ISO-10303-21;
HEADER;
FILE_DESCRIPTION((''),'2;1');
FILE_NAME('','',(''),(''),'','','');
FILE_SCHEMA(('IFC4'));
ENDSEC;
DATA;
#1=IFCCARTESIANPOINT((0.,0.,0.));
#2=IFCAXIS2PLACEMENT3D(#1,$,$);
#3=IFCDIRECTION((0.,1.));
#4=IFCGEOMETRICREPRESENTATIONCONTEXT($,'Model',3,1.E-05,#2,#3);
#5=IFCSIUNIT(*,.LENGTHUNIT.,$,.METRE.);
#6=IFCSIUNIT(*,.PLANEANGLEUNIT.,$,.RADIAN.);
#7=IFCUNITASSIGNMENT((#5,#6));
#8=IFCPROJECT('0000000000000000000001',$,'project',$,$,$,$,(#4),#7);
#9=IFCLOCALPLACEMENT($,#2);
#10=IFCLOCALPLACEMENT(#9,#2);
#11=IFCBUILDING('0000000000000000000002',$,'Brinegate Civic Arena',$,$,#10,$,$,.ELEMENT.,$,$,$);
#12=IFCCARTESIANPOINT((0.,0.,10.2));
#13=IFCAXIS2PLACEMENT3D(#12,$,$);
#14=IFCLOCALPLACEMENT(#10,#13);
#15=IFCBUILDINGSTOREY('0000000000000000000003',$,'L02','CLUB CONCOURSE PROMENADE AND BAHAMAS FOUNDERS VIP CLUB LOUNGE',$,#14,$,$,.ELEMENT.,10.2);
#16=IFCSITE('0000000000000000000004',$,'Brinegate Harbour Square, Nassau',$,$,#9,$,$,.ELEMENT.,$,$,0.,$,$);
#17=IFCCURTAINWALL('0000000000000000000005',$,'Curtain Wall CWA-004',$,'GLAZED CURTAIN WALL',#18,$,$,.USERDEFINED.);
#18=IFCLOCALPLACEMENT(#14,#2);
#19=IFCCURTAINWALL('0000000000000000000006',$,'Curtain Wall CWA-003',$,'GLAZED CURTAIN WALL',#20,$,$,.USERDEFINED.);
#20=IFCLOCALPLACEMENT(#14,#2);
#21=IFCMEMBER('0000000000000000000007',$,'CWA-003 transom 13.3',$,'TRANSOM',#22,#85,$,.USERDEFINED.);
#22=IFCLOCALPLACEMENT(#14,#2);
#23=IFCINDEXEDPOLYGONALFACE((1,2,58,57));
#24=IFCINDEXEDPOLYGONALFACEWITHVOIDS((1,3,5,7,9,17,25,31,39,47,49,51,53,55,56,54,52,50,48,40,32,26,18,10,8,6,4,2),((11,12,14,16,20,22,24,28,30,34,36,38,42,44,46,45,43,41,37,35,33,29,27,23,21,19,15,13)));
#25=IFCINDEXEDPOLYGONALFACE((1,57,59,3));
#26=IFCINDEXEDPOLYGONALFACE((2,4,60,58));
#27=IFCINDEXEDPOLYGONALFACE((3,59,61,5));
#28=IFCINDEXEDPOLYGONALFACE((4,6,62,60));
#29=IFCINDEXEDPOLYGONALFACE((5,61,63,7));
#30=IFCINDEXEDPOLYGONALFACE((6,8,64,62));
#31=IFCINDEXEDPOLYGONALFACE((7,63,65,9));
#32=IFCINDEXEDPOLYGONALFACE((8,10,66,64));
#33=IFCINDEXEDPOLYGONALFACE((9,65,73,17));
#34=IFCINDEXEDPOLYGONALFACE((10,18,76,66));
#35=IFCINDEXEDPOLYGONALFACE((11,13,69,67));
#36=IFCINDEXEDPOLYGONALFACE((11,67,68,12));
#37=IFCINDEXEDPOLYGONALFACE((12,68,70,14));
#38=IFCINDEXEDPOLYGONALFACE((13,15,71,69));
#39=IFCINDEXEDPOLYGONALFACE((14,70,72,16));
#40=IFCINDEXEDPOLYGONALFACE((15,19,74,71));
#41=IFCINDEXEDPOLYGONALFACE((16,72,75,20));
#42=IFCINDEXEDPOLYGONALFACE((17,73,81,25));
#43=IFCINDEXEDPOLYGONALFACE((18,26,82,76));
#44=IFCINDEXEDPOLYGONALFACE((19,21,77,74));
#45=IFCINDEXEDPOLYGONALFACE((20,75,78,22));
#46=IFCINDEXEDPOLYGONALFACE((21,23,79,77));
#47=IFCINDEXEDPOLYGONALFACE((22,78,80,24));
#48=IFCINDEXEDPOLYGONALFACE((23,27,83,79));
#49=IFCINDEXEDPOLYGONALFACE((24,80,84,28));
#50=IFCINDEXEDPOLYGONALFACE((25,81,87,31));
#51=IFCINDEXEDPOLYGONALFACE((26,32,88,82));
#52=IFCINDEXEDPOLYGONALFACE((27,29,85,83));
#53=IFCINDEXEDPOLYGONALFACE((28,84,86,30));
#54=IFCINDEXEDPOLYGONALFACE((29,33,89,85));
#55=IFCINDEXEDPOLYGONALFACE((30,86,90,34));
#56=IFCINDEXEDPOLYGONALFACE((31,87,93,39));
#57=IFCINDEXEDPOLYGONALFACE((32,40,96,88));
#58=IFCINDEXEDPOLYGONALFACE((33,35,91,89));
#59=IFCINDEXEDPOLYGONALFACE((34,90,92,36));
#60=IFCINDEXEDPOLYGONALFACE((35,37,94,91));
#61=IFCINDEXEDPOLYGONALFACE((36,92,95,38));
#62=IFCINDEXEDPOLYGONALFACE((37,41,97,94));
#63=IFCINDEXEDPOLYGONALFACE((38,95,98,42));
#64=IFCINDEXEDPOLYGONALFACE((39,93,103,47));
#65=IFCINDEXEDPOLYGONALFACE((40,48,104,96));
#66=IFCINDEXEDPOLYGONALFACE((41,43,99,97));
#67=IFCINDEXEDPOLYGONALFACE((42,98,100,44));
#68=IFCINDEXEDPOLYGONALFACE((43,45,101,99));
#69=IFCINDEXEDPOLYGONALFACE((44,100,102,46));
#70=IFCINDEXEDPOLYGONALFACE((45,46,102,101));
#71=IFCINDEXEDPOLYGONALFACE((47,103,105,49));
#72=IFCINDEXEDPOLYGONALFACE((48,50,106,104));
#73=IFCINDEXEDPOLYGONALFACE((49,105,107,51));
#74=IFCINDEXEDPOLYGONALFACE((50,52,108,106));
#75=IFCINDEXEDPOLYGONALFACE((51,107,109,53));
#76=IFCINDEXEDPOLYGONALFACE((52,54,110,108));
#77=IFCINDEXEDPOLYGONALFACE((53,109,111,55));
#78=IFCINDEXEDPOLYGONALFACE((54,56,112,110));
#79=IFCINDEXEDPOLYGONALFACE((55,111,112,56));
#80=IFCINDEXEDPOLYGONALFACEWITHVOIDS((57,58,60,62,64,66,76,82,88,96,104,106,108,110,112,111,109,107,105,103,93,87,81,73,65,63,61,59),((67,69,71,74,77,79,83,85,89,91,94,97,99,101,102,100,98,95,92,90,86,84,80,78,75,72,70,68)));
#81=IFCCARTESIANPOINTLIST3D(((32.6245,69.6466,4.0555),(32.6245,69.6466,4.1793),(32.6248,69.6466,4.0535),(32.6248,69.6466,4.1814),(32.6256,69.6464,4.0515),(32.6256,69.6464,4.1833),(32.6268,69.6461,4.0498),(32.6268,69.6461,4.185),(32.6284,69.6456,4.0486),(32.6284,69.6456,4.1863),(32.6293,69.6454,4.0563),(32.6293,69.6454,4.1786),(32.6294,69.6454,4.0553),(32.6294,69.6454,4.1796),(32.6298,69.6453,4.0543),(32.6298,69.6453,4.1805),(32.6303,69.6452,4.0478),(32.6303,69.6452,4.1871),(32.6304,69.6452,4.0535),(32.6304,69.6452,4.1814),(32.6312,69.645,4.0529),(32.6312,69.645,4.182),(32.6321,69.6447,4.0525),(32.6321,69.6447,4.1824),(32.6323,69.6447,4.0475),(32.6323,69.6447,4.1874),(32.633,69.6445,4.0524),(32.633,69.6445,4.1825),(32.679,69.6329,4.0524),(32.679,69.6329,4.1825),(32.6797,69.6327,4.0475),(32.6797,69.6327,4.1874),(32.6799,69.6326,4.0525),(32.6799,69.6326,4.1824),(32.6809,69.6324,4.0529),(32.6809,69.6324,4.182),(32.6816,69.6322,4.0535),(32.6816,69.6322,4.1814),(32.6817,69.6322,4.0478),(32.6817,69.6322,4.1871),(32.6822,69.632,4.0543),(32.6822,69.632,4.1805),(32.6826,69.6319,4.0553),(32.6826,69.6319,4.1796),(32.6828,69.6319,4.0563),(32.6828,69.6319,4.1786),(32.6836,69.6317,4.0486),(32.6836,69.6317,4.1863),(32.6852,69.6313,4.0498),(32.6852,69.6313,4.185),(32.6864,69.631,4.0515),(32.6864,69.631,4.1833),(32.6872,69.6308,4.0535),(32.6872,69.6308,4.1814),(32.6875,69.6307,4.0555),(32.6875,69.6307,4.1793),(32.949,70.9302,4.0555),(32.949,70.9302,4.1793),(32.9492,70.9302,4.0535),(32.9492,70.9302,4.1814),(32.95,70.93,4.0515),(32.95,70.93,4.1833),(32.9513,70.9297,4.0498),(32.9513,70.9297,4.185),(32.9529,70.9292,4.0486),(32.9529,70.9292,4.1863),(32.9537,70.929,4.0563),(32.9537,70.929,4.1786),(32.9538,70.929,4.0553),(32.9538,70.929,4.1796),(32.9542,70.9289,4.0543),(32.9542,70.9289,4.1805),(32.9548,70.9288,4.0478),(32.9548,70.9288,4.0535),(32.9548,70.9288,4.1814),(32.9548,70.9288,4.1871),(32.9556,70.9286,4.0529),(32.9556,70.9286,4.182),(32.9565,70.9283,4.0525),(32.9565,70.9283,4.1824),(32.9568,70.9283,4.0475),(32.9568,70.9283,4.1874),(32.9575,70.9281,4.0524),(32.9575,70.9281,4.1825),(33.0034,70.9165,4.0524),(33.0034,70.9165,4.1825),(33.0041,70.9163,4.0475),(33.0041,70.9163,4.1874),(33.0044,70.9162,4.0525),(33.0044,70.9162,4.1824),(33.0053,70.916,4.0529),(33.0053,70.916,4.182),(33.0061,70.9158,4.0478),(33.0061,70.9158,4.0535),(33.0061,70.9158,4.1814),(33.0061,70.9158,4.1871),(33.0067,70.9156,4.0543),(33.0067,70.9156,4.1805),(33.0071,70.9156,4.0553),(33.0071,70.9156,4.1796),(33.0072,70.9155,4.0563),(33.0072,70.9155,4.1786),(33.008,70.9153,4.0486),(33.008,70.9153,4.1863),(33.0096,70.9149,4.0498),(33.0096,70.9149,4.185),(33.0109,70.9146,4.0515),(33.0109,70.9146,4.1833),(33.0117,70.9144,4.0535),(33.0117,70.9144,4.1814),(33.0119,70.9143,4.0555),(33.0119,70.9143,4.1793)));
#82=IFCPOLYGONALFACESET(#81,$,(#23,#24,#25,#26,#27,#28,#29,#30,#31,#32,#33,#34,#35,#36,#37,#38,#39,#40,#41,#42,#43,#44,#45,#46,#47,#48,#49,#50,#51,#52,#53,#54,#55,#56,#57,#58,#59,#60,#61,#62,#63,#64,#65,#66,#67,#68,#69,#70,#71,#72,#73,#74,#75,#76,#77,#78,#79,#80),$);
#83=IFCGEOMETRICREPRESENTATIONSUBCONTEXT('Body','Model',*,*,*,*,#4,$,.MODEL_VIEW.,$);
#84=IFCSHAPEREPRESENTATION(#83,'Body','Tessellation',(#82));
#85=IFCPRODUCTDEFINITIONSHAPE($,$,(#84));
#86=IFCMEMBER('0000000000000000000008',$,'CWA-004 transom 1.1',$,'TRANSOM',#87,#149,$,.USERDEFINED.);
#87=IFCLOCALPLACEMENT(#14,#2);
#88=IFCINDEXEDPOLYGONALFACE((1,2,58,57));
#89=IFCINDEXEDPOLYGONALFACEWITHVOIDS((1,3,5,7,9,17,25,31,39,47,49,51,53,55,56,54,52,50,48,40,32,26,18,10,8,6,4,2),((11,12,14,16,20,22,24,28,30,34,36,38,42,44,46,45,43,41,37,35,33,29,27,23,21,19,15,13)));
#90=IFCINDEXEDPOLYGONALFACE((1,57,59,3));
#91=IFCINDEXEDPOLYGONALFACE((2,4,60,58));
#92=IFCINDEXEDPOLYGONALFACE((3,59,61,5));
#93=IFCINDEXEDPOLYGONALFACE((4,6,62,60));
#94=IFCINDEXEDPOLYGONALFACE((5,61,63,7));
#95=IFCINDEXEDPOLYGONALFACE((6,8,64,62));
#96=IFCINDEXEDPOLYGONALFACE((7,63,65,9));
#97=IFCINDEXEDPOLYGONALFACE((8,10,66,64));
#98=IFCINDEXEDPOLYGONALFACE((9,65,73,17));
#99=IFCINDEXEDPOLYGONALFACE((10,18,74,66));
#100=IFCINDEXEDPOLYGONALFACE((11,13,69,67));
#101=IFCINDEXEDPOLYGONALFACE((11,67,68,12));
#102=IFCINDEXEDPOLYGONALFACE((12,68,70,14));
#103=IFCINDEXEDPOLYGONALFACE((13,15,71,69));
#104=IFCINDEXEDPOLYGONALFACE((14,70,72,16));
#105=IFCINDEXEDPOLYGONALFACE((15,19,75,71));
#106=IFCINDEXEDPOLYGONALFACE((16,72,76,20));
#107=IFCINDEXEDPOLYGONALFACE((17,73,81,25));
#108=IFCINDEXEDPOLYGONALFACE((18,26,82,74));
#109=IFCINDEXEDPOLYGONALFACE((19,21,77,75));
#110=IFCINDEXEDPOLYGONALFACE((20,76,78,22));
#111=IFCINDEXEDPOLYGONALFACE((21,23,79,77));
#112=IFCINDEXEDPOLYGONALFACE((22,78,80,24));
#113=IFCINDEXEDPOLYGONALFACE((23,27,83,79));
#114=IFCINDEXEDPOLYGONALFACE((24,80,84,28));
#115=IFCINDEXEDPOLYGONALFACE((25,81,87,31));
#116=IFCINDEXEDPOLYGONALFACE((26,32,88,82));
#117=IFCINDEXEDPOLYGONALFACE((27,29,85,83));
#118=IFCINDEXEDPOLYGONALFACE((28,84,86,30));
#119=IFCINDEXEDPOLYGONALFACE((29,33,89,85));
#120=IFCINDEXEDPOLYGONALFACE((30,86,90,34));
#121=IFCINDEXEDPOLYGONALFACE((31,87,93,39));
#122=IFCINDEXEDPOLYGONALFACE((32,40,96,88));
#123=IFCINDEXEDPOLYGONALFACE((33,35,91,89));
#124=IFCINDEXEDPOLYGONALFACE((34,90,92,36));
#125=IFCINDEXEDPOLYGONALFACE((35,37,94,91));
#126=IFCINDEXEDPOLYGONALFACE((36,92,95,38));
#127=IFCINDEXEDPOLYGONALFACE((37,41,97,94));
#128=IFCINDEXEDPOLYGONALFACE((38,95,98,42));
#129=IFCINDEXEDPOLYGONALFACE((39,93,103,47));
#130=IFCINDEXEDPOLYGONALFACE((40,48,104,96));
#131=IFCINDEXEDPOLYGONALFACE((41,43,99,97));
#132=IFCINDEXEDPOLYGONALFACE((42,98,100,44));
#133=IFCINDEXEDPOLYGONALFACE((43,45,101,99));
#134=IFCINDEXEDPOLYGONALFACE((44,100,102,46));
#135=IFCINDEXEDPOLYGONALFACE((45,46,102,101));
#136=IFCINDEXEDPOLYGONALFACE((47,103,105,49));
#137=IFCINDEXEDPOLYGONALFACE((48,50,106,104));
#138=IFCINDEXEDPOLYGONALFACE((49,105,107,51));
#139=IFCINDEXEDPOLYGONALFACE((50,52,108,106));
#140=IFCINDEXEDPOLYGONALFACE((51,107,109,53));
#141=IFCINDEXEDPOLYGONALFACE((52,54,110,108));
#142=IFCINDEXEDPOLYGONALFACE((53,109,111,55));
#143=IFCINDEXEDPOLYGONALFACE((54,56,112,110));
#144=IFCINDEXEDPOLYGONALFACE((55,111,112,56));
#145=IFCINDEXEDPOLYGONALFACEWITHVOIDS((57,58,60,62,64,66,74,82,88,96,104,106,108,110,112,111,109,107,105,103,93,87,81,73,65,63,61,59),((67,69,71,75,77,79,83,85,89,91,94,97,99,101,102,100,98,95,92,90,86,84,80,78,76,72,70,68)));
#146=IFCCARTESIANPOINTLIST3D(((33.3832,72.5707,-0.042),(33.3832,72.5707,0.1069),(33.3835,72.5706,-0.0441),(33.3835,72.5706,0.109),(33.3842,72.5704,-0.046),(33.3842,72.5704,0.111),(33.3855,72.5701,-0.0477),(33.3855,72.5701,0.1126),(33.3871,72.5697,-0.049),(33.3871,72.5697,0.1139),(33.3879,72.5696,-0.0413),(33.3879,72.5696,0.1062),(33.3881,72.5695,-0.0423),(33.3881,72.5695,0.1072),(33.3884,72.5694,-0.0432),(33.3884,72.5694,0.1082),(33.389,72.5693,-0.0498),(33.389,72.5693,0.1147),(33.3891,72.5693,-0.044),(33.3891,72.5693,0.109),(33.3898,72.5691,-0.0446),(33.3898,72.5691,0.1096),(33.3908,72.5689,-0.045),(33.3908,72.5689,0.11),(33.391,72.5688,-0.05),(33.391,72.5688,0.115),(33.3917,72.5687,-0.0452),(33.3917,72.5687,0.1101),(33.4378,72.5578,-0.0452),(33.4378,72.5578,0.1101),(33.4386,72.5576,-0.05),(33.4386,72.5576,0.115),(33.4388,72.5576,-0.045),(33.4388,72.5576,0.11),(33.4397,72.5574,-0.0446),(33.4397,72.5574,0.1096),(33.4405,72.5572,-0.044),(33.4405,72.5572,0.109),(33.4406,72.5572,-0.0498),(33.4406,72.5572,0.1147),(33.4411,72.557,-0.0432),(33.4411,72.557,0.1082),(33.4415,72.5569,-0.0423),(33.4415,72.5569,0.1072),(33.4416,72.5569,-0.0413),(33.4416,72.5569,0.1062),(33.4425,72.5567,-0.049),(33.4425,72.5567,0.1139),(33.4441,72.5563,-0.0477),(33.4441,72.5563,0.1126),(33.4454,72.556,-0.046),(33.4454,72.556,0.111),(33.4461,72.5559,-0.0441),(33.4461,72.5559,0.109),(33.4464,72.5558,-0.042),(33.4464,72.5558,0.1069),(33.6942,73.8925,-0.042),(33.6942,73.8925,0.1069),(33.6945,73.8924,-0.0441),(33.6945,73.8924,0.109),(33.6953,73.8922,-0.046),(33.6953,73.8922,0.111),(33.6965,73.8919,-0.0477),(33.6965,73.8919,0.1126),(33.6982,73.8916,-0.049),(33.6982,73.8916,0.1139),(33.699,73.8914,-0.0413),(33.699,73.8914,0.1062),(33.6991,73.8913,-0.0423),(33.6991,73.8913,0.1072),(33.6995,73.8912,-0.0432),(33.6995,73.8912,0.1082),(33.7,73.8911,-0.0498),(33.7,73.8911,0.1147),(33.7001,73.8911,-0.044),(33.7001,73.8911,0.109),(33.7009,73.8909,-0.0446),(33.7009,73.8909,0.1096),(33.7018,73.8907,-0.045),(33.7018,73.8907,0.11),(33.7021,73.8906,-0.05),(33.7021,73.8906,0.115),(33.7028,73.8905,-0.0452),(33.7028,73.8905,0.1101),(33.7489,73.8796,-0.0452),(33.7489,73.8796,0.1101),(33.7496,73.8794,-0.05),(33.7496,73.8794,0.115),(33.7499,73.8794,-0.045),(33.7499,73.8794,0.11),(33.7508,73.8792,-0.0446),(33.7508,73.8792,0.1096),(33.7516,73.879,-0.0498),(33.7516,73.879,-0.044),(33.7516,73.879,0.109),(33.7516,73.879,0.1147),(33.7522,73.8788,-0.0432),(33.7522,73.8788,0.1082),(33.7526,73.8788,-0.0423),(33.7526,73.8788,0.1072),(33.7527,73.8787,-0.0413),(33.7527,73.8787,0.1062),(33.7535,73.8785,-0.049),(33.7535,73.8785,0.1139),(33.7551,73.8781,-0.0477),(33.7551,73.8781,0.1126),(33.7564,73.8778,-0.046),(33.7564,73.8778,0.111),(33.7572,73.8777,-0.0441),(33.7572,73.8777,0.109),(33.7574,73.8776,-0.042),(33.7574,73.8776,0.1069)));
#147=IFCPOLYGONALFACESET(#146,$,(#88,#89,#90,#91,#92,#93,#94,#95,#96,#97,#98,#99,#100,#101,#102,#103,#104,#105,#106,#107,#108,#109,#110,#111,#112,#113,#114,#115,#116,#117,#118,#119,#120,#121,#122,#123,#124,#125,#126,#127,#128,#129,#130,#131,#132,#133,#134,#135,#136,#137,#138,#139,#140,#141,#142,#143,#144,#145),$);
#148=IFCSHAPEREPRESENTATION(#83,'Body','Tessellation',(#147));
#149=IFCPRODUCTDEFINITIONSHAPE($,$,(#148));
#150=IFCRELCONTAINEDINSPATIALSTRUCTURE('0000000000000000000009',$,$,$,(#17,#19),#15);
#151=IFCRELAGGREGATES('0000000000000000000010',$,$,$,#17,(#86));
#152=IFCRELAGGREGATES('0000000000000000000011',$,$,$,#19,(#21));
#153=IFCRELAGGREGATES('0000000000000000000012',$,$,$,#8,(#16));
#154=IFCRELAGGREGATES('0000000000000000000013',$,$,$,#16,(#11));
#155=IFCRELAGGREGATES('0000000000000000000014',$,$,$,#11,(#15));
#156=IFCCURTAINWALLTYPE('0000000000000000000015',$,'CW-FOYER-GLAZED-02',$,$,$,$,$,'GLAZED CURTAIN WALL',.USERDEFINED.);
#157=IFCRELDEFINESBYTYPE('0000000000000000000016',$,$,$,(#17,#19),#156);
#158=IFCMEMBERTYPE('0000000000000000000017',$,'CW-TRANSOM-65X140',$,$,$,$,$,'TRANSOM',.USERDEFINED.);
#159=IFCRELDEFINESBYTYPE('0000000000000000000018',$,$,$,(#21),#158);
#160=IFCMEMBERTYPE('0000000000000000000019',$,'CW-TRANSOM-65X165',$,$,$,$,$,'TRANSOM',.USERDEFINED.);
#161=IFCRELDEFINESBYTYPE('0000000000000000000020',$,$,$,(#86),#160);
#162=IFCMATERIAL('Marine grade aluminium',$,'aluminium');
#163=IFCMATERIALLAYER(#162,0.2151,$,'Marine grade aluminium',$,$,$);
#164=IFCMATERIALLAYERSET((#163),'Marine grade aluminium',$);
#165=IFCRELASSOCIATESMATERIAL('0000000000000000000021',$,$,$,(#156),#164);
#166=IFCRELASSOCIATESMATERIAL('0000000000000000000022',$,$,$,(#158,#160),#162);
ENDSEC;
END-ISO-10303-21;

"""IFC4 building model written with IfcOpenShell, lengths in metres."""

from ifc_helpers import new_model, si_unit, direction, frame, origin, origin_2d, place, context, subcontext, project, spatial, hollow_rectangle, extrude, material, layer, layer_set, material_profile, profile_set, type_object, element, aggregate, save


model = new_model("IFC4")

# Units and contexts
model_context = context("Model", 3, precision=1e-05, world=origin(), true_north=direction((0.0, 1.0)))
body_context = subcontext(model_context, "Body", "Model", "MODEL_VIEW")
ifc_project = project(units=[si_unit("LENGTHUNIT", "METRE"), si_unit("PLANEANGLEUNIT", "RADIAN")], contexts=[model_context])

# Site, building, storey
site_placement = place(None, origin())
site = spatial("IfcSite", under=ifc_project, at=site_placement, Name="Brinegate Harbour Square, Nassau", CompositionType="ELEMENT", RefElevation=0.0)
building_placement = place(site_placement, origin())
building = spatial("IfcBuilding", under=site, at=building_placement, Name="Brinegate Civic Arena", CompositionType="ELEMENT")
storey_placement = place(building_placement, frame((0.0, 0.0, 10.2)))
storey = spatial("IfcBuildingStorey", under=building, at=storey_placement, Name="L02", Description="CLUB CONCOURSE PROMENADE AND BAHAMAS FOUNDERS VIP CLUB LOUNGE", CompositionType="ELEMENT", Elevation=10.2)

# Curtain wall
ifc_material_1 = material(Name="Marine grade aluminium", Category="aluminium")
ifc_layer_1 = layer(ifc_material_1, 0.2151, Name="Marine grade aluminium")
ifc_layer_set_1 = layer_set([ifc_layer_1], Name="Marine grade aluminium")
curtain_wall_type_1 = type_object("IfcCurtainWallType", Name="CW-FOYER-GLAZED-02", ElementType="GLAZED CURTAIN WALL", PredefinedType="USERDEFINED", material=ifc_layer_set_1)
curtain_wall_1_placement = place(storey_placement, origin())
curtain_wall_1 = element("IfcCurtainWall", 1, at=curtain_wall_1_placement, inside=storey, type_object=curtain_wall_type_1, Name="Curtain Wall CWA-004", ObjectType="GLAZED CURTAIN WALL", PredefinedType="USERDEFINED")

# Curtain wall, member
curtain_wall_2_placement = place(storey_placement, origin())
curtain_wall_2 = element("IfcCurtainWall", 2, at=curtain_wall_2_placement, inside=storey, type_object=curtain_wall_type_1, Name="Curtain Wall CWA-003", ObjectType="GLAZED CURTAIN WALL", PredefinedType="USERDEFINED")
ifc_material_profile_1 = material_profile(ifc_material_1, hollow_rectangle(XDim=0.0649, YDim=0.1399, WallThickness=0.0049, InnerFilletRadius=0.0039, OuterFilletRadius=0.0081, at=origin_2d()), Name="TRN65X140")
ifc_profile_set_1 = profile_set([ifc_material_profile_1], Name="Marine grade aluminium")
member_type_1 = type_object("IfcMemberType", Name="CW-TRANSOM-65X140", ElementType="TRANSOM", PredefinedType="USERDEFINED", material=ifc_profile_set_1)
member_1_placement = place(storey_placement, frame((32.656, 69.6387, 4.1174), z_axis=(0.245051, 0.96951, 0.0), x_axis=(-0.96951, 0.245051, 0.0)))
member_1 = element("IfcMember", 3, at=member_1_placement, type_object=member_type_1, Name="CWA-003 transom 13.3", ObjectType="TRANSOM", PredefinedType="USERDEFINED", context=body_context, shape_type="SweptSolid", body=[
    extrude(hollow_rectangle(XDim=0.0649, YDim=0.1399, WallThickness=0.0049, InnerFilletRadius=0.0039, OuterFilletRadius=0.0081, at=origin_2d()), origin(), (0.0, 0.0, 1.0), 1.324),
])

# Member
ifc_material_profile_2 = material_profile(ifc_material_1, hollow_rectangle(XDim=0.0649, YDim=0.165, WallThickness=0.0049, InnerFilletRadius=0.0039, OuterFilletRadius=0.0081, at=origin_2d()), Name="TRN65X165")
ifc_profile_set_2 = profile_set([ifc_material_profile_2], Name="Marine grade aluminium")
member_type_2 = type_object("IfcMemberType", Name="CW-TRANSOM-65X165", ElementType="TRANSOM", PredefinedType="USERDEFINED", material=ifc_profile_set_2)
member_2_placement = place(storey_placement, frame((33.4148, 72.5632, 0.0325), z_axis=(0.229059, 0.973412, 0.0), x_axis=(-0.973412, 0.229059, 0.0)))
member_2 = element("IfcMember", 4, at=member_2_placement, type_object=member_type_2, Name="CWA-004 transom 1.1", ObjectType="TRANSOM", PredefinedType="USERDEFINED", context=body_context, shape_type="SweptSolid", body=[
    extrude(hollow_rectangle(XDim=0.0649, YDim=0.165, WallThickness=0.0049, InnerFilletRadius=0.0039, OuterFilletRadius=0.0081, at=origin_2d()), origin(), (0.0, 0.0, 1.0), 1.3579),
])

aggregate(curtain_wall_1, [member_2])
aggregate(curtain_wall_2, [member_1])

save(model, "model.ifc")
